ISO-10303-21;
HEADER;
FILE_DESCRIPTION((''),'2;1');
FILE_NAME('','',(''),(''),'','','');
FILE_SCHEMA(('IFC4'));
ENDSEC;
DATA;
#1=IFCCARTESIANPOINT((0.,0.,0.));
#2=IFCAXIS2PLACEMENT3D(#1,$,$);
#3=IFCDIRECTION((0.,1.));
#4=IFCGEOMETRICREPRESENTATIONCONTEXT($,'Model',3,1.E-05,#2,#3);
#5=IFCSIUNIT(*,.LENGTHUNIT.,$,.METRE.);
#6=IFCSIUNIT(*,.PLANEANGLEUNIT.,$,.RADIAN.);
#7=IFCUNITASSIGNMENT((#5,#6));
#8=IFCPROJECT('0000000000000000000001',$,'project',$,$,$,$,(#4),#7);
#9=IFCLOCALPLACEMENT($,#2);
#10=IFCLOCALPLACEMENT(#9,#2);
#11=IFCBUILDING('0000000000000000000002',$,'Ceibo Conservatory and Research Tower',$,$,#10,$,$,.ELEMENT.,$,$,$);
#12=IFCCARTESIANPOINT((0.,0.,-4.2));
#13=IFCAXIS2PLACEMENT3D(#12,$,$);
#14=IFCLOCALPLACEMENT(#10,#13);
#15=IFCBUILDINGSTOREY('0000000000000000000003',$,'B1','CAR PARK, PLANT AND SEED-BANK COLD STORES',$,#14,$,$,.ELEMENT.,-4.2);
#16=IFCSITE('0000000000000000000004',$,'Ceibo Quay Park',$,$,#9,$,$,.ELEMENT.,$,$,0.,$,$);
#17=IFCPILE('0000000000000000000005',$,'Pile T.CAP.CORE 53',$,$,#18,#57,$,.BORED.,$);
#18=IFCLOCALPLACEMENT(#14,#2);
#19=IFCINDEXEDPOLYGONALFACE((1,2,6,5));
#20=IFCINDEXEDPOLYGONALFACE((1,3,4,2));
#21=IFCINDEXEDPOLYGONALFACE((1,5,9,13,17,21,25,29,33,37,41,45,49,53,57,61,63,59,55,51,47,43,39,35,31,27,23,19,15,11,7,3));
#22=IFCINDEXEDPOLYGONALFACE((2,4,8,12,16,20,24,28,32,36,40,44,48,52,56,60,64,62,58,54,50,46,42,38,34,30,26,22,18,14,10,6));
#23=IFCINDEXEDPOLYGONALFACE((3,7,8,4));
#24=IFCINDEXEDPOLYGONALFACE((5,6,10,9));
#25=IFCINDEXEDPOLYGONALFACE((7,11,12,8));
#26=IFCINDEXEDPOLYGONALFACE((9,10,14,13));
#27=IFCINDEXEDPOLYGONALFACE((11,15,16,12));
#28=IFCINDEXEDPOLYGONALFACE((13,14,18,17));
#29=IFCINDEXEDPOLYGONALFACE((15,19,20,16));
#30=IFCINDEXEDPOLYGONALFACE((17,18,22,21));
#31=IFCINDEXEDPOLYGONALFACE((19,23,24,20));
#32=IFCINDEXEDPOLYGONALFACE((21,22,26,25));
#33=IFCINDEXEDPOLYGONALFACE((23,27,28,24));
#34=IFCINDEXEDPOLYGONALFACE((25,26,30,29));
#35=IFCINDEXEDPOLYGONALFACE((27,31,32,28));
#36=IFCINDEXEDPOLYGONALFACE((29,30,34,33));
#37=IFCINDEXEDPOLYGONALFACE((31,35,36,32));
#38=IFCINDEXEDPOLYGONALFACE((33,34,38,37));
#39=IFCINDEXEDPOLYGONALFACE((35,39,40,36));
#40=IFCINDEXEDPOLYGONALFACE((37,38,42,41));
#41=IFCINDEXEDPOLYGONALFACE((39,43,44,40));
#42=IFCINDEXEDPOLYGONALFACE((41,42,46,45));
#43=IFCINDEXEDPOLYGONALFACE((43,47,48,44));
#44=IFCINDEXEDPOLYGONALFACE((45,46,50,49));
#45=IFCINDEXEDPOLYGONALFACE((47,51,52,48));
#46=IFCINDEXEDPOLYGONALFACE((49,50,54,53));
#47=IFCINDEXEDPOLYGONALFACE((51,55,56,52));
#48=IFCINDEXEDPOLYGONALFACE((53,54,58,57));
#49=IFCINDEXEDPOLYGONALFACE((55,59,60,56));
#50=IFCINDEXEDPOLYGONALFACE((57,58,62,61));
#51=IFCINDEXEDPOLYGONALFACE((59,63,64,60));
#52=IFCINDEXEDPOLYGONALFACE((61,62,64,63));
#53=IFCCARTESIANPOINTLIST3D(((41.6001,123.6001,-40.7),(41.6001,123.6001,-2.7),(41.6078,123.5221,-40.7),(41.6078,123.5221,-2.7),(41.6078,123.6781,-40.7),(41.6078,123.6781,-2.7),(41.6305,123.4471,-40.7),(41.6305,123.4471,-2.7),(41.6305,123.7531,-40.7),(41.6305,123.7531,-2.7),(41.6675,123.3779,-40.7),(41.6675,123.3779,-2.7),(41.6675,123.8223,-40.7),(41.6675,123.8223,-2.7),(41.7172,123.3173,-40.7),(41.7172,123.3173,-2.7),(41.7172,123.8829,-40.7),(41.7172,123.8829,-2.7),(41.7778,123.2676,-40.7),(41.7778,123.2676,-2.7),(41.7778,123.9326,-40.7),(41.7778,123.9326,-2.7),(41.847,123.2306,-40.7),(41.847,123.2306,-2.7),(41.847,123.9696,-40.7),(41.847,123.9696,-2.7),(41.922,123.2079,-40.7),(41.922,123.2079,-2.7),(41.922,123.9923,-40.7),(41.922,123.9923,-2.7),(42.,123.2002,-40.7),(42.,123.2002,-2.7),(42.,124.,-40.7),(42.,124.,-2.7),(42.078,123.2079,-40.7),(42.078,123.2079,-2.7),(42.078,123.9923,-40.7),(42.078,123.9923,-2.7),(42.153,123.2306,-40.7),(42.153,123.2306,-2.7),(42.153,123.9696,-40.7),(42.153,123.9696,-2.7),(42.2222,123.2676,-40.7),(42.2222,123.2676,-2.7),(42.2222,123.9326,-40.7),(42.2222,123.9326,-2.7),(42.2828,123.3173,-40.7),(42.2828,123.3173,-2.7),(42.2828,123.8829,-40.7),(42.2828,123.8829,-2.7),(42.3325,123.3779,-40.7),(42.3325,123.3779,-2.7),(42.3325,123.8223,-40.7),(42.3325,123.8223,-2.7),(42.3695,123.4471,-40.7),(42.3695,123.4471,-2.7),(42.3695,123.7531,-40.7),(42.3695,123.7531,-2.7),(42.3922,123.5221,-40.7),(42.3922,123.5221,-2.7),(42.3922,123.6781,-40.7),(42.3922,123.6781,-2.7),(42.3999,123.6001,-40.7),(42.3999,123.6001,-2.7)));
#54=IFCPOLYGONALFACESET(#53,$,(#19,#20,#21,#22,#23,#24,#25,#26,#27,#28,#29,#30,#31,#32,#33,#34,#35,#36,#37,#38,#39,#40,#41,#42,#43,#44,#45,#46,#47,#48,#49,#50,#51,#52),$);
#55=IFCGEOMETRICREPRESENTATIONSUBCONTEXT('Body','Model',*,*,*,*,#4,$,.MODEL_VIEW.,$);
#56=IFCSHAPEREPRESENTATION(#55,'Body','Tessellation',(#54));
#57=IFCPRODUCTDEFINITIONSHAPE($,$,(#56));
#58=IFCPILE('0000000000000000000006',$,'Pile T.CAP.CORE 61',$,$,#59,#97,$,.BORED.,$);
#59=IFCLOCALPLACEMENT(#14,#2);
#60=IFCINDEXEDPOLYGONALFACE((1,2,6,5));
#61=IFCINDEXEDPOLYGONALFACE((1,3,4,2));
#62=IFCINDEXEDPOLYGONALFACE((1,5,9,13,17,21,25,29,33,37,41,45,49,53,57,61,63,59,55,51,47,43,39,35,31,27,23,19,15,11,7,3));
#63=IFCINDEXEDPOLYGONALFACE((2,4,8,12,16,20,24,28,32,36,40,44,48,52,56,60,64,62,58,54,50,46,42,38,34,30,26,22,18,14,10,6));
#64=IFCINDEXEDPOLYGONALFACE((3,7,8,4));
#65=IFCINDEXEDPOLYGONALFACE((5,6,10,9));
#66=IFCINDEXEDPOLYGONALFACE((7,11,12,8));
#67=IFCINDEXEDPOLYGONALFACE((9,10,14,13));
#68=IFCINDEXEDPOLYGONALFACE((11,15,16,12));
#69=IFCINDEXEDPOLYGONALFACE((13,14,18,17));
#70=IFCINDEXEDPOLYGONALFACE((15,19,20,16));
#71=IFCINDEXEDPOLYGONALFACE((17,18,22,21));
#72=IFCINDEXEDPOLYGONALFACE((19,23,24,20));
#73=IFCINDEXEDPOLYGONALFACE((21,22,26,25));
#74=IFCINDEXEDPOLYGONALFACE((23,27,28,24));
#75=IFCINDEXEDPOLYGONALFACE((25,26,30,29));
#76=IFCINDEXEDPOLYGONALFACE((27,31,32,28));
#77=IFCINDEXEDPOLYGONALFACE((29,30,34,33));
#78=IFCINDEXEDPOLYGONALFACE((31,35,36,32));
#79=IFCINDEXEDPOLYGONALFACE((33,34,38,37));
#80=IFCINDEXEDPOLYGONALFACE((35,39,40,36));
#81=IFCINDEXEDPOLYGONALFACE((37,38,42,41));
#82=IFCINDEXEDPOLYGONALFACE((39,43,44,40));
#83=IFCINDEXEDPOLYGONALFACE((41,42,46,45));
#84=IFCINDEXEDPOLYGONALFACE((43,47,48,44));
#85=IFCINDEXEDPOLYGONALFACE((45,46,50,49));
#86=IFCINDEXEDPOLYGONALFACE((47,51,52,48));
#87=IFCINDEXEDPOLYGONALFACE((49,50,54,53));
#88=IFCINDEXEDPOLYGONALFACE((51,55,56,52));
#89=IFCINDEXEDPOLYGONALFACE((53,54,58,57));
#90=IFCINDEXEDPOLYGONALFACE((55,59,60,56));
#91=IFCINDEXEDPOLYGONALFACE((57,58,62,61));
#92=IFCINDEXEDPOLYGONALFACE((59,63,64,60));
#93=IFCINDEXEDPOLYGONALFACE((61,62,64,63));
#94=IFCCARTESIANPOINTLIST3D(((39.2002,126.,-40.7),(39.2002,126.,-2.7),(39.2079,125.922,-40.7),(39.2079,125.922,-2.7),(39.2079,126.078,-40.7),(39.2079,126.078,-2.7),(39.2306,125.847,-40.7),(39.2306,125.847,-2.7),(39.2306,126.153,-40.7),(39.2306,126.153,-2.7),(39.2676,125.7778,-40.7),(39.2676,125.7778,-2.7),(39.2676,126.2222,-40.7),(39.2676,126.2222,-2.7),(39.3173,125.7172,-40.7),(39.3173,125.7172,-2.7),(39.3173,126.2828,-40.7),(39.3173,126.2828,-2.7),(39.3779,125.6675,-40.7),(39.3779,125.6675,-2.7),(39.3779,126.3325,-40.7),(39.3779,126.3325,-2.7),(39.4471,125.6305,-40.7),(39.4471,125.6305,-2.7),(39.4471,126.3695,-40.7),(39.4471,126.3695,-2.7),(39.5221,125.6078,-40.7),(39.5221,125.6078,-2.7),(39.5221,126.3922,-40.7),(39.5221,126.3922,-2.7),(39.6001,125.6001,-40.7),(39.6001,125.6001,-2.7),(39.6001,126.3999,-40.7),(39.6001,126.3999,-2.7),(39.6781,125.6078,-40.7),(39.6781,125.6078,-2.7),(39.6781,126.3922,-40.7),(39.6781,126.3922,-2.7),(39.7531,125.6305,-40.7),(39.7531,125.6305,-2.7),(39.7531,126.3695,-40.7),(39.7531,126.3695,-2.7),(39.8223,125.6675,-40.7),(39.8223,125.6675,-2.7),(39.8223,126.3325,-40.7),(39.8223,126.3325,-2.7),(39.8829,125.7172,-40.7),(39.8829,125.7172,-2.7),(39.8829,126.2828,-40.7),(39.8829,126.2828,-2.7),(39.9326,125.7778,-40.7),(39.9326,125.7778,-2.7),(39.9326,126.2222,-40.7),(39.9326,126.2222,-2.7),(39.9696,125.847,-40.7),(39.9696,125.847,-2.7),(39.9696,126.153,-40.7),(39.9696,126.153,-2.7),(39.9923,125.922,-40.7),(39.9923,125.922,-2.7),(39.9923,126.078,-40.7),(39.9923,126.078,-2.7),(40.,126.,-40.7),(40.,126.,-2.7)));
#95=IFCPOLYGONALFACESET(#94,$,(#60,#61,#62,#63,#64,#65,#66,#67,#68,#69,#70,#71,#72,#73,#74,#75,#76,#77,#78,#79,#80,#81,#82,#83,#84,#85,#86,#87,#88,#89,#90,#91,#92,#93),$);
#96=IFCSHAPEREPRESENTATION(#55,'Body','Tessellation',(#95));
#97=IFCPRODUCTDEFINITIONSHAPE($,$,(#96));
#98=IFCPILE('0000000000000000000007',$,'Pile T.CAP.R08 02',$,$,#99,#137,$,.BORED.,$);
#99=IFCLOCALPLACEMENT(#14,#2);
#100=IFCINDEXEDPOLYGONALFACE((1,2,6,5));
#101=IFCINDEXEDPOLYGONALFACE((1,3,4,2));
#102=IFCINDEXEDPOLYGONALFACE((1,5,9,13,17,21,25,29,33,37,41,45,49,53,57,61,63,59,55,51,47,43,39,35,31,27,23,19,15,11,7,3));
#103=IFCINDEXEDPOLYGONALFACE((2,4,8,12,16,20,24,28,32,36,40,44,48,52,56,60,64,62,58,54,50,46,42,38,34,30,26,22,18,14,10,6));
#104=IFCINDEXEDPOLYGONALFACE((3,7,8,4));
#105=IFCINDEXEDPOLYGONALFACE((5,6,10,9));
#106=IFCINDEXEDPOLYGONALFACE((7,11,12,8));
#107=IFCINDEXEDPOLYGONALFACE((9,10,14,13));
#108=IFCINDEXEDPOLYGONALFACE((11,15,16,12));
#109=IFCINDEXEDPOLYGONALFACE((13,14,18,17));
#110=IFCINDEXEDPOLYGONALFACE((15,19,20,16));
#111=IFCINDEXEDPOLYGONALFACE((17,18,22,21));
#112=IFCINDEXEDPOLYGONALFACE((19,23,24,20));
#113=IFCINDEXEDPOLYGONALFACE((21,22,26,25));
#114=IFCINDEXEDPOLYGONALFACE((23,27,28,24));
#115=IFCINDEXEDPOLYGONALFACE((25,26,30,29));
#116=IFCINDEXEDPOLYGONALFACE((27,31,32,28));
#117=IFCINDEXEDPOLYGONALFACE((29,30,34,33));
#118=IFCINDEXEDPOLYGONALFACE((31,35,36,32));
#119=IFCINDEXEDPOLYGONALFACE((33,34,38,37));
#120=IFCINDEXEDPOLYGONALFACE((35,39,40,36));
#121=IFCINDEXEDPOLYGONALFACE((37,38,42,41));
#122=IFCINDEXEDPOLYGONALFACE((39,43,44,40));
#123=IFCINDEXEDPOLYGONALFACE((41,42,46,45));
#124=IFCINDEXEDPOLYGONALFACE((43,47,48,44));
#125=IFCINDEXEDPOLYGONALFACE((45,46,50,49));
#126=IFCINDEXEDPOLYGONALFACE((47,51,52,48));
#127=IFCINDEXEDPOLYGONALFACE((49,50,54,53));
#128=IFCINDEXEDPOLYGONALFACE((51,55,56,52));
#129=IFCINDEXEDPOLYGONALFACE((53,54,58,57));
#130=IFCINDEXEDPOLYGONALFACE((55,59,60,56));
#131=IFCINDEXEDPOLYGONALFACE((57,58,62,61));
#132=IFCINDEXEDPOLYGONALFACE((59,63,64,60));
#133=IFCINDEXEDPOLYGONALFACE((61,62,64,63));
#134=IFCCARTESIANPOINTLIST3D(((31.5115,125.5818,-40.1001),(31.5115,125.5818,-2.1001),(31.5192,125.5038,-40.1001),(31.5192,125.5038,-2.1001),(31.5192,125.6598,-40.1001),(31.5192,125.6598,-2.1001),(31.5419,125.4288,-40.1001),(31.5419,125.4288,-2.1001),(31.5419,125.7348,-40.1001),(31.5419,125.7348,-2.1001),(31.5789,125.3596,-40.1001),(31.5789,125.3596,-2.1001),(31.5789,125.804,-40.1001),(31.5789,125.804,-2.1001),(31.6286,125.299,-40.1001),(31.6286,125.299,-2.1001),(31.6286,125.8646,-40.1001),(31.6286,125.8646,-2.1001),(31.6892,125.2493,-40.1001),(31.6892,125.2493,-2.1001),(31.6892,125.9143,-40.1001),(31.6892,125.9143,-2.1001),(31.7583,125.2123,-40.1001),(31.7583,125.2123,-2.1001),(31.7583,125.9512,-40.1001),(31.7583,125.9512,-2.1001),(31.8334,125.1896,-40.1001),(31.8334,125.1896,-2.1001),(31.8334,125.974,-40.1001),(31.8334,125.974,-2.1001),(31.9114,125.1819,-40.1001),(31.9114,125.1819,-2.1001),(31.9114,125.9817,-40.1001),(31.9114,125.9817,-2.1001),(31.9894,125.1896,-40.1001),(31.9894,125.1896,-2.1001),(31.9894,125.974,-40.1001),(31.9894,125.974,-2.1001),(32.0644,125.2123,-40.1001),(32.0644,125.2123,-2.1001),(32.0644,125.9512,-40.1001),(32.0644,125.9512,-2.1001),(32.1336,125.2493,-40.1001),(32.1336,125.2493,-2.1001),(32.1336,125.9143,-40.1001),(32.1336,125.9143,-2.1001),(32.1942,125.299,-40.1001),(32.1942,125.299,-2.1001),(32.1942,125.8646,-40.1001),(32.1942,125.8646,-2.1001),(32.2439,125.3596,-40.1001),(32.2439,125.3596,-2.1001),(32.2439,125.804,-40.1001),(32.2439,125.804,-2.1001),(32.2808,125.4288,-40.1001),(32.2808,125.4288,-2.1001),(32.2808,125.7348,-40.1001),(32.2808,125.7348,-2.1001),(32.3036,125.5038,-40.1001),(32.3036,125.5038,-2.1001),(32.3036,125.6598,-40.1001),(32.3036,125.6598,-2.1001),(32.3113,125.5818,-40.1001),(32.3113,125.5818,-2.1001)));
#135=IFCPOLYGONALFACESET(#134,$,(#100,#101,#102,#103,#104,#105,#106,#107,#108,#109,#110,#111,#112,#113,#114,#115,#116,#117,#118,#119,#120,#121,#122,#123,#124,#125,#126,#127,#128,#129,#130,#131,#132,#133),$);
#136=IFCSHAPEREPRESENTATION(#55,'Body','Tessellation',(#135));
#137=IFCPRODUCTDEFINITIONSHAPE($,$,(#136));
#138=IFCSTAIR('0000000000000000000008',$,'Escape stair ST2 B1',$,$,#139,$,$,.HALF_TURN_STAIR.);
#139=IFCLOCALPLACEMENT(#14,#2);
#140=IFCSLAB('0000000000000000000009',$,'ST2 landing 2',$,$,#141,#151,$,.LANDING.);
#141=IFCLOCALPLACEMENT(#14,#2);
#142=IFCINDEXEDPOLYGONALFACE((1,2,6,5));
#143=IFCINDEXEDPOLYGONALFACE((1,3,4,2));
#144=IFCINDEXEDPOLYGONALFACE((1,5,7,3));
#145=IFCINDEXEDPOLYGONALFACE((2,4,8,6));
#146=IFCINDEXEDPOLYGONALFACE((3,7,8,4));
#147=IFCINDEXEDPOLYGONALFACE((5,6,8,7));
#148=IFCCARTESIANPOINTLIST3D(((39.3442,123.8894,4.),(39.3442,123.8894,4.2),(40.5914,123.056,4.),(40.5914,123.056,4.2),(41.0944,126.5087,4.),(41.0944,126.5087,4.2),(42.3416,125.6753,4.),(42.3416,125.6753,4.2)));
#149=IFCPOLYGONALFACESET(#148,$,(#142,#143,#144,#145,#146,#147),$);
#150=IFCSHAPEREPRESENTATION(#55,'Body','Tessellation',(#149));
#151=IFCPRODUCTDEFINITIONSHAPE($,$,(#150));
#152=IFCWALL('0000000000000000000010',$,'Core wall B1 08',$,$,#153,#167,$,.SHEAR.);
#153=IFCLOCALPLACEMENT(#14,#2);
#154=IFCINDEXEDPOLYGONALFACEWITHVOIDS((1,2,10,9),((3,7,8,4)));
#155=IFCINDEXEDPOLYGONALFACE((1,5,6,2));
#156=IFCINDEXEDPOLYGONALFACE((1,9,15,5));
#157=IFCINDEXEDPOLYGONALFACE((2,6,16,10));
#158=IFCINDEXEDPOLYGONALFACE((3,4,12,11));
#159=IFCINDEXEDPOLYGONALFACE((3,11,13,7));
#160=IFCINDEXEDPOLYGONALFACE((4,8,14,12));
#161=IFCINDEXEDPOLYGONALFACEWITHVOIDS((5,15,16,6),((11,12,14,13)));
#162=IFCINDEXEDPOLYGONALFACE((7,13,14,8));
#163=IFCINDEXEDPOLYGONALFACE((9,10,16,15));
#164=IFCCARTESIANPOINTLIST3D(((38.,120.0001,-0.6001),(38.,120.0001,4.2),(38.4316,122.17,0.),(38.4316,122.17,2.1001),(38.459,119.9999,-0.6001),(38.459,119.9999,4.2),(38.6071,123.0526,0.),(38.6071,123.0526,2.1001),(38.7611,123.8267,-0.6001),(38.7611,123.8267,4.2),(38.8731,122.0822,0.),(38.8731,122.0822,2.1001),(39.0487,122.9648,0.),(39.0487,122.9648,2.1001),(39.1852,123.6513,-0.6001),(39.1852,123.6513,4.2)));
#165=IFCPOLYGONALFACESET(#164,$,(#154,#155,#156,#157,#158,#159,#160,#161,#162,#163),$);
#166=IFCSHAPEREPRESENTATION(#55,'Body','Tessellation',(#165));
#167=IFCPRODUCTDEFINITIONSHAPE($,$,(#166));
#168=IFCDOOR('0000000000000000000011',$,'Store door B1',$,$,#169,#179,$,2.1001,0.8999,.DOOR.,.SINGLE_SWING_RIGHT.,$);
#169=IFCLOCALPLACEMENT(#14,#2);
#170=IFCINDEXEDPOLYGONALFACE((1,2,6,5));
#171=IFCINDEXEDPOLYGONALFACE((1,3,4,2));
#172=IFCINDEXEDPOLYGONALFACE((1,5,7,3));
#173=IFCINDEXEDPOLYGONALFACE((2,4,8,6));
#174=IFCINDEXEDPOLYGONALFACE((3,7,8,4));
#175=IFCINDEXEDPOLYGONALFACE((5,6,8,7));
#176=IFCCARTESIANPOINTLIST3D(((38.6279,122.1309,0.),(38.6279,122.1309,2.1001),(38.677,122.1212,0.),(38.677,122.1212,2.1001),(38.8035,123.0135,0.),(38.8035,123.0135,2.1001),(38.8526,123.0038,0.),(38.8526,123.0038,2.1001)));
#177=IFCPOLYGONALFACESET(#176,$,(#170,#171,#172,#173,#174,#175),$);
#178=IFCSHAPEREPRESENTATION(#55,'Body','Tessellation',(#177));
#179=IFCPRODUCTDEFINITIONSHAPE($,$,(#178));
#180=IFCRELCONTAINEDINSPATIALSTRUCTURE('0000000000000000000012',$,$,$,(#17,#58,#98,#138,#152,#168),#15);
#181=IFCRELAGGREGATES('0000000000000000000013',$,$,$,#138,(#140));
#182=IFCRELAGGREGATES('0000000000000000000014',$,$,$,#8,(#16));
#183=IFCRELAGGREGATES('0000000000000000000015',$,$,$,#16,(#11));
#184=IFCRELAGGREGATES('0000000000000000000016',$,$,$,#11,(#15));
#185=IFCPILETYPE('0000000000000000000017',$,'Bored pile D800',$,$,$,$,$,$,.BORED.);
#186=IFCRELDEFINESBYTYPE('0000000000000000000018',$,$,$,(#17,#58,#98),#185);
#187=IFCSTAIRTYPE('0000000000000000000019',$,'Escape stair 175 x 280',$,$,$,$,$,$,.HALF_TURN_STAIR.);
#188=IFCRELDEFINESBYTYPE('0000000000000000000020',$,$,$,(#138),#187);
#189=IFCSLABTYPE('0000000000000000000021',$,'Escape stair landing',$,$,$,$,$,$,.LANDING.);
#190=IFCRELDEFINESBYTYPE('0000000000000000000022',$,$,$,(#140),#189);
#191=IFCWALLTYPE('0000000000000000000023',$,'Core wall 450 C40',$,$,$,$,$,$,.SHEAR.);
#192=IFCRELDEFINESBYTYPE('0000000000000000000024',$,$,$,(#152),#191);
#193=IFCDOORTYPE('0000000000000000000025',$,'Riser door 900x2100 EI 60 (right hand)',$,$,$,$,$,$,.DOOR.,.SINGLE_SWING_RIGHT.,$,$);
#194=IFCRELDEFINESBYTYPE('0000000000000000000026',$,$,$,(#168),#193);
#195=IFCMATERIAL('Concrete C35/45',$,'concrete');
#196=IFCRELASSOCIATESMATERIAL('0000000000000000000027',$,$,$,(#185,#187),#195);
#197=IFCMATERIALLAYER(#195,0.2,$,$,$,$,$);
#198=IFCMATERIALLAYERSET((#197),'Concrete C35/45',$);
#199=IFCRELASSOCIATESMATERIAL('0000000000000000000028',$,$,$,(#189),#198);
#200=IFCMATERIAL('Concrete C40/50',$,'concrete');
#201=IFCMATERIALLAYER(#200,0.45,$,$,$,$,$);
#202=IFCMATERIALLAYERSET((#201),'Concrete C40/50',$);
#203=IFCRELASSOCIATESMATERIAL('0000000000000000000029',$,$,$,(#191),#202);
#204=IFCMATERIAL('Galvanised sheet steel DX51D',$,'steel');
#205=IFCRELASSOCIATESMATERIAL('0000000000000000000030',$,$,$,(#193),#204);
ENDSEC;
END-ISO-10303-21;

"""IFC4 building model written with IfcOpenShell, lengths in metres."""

from ifc_helpers import new_model, si_unit, direction, frame, frame_2d, origin, origin_2d, place, context, subcontext, project, spatial, polyline, rectangle, circle, outline, extrude, material, layer, layer_set, material_profile, profile_set, type_object, element, fill, aggregate, save


model = new_model("IFC4")

# Units and contexts
model_context = context("Model", 3, precision=1e-05, world=origin(), true_north=direction((0.0, 1.0)))
body_context = subcontext(model_context, "Body", "Model", "MODEL_VIEW")
ifc_project = project(units=[si_unit("LENGTHUNIT", "METRE"), si_unit("PLANEANGLEUNIT", "RADIAN")], contexts=[model_context])

# Site, building, storey
site_placement = place(None, origin())
site = spatial("IfcSite", under=ifc_project, at=site_placement, Name="Ceibo Quay Park", CompositionType="ELEMENT", RefElevation=0.0)
building_placement = place(site_placement, origin())
building = spatial("IfcBuilding", under=site, at=building_placement, Name="Ceibo Conservatory and Research Tower", CompositionType="ELEMENT")
storey_placement = place(building_placement, frame((0.0, 0.0, -4.2)))
storey = spatial("IfcBuildingStorey", under=building, at=storey_placement, Name="B1", Description="CAR PARK, PLANT AND SEED-BANK COLD STORES", CompositionType="ELEMENT", Elevation=-4.2)

# Piles
ifc_material_1 = material(Name="Concrete C35/45", Category="concrete")
ifc_material_profile = material_profile(ifc_material_1, circle(Radius=0.3999, at=origin_2d()), Name="RC D800")
ifc_profile_set = profile_set([ifc_material_profile], Name="Concrete C35/45")
pile_type = type_object("IfcPileType", Name="Bored pile D800", PredefinedType="BORED", material=ifc_profile_set)
for number, where, z_axis, x_axis, name in (
    (1, (42.0, 123.6001, -2.7), (0.0, 0.0, -1.0), (1.0, 0.0, 0.0), "Pile T.CAP.CORE 53"),
    (2, (39.6001, 126.0, -2.7), (0.0, 0.0, -1.0), (1.0, 0.0, 0.0), "Pile T.CAP.CORE 61"),
    (3, (31.9114, 125.5818, -2.1001), (0.0, 0.0, -1.0), (1.0, 0.0, 0.0), "Pile T.CAP.R08 02"),
):
    element("IfcPile", number, at=place(storey_placement, frame(where, z_axis=z_axis, x_axis=x_axis)), inside=storey, type_object=pile_type, Name=name, PredefinedType="BORED", context=body_context, shape_type="SweptSolid", body=[
        extrude(circle(Radius=0.3999, at=origin_2d()), origin(), (0.0, 0.0, 1.0), 38.0),
    ])

# Stair, slab
stair_type = type_object("IfcStairType", Name="Escape stair 175 x 280", PredefinedType="HALF_TURN_STAIR", material=ifc_material_1)
stair_placement = place(storey_placement, origin())
stair = element("IfcStair", 4, at=stair_placement, inside=storey, type_object=stair_type, Name="Escape stair ST2 B1", PredefinedType="HALF_TURN_STAIR")
ifc_layer_1 = layer(ifc_material_1, 0.2)
ifc_layer_set_1 = layer_set([ifc_layer_1], Name="Concrete C35/45")
slab_type = type_object("IfcSlabType", Name="Escape stair landing", PredefinedType="LANDING", material=ifc_layer_set_1)
slab_placement = place(storey_placement, frame((39.3442, 123.8894, 4.0), z_axis=(0.0, 0.0, 1.0), x_axis=(0.83147, -0.55557, 0.0)))
slab = element("IfcSlab", 5, at=slab_placement, type_object=slab_type, Name="ST2 landing 2", PredefinedType="LANDING", context=body_context, shape_type="SweptSolid", body=[
    extrude(outline(polyline([(0.0, 0.0), (1.5, 0.0), (1.5, 3.1501), (0.0, 3.1501), (0.0, 0.0)])), origin(), (0.0, 0.0, 1.0), 0.2),
])

# Wall, opening, door
ifc_material_2 = material(Name="Concrete C40/50", Category="concrete")
ifc_layer_2 = layer(ifc_material_2, 0.45)
ifc_layer_set_2 = layer_set([ifc_layer_2], Name="Concrete C40/50")
wall_type_1 = type_object("IfcWallType", Name="Core wall 450 C40", PredefinedType="SHEAR", material=ifc_layer_set_2)
wall_1_placement = place(storey_placement, frame((38.9731, 123.739, -0.6001), z_axis=(0.0, 0.0, 1.0), x_axis=(-0.195069, -0.980789, 0.0)))
wall_1 = element("IfcWall", 6, at=wall_1_placement, inside=storey, type_object=wall_type_1, Name="Core wall B1 08", PredefinedType="SHEAR", context=body_context, shape_type="SweptSolid", body=[
    extrude(outline(polyline([(-0.0447, -0.2251), (3.8569, -0.2251), (3.7676, 0.2251), (0.0447, 0.2251), (-0.0447, -0.2251)])), origin(), (0.0, 0.0, 1.0), 4.8),
])
opening_1_placement = place(wall_1_placement, frame((0.7446, 0.0, 0.6001)))
opening_1 = element("IfcOpeningElement", 7, at=opening_1_placement, cuts=wall_1, PredefinedType="OPENING", context=body_context, shape_type="SweptSolid", body=[
    extrude(rectangle(XDim=0.8999, YDim=2.1001, at=frame_2d((0.45, 1.05))), frame((0.0, 0.2349, 0.0), z_axis=(0.0, -1.0, 0.0), x_axis=(1.0, 0.0, 0.0)), (0.0, 0.0, 1.0), 0.47),
])
ifc_material_3 = material(Name="Galvanised sheet steel DX51D", Category="steel")
door_type_1 = type_object("IfcDoorType", Name="Riser door 900x2100 EI 60 (right hand)", OperationType="SINGLE_SWING_RIGHT", PredefinedType="DOOR", material=ifc_material_3)
door_1_placement = place(opening_1_placement, frame((0.8999, 0.0, 0.0), z_axis=(0.0, 0.0, 1.0), x_axis=(-1.0, 0.0, 0.0)))
door_1 = element("IfcDoor", 8, at=door_1_placement, inside=storey, type_object=door_type_1, Name="Store door B1", OperationType="SINGLE_SWING_RIGHT", OverallHeight=2.1001, OverallWidth=0.8999, PredefinedType="DOOR", context=body_context, shape_type="SweptSolid", body=[
    extrude(rectangle(XDim=0.8999, YDim=2.1001, at=frame_2d((0.45, 1.05))), frame((0.0, 0.0249, 0.0), z_axis=(0.0, -1.0, 0.0), x_axis=(1.0, 0.0, 0.0)), (0.0, 0.0, 1.0), 0.05),
])
fill(opening_1, door_1)

aggregate(stair, [slab])

save(model, "model.ifc")
